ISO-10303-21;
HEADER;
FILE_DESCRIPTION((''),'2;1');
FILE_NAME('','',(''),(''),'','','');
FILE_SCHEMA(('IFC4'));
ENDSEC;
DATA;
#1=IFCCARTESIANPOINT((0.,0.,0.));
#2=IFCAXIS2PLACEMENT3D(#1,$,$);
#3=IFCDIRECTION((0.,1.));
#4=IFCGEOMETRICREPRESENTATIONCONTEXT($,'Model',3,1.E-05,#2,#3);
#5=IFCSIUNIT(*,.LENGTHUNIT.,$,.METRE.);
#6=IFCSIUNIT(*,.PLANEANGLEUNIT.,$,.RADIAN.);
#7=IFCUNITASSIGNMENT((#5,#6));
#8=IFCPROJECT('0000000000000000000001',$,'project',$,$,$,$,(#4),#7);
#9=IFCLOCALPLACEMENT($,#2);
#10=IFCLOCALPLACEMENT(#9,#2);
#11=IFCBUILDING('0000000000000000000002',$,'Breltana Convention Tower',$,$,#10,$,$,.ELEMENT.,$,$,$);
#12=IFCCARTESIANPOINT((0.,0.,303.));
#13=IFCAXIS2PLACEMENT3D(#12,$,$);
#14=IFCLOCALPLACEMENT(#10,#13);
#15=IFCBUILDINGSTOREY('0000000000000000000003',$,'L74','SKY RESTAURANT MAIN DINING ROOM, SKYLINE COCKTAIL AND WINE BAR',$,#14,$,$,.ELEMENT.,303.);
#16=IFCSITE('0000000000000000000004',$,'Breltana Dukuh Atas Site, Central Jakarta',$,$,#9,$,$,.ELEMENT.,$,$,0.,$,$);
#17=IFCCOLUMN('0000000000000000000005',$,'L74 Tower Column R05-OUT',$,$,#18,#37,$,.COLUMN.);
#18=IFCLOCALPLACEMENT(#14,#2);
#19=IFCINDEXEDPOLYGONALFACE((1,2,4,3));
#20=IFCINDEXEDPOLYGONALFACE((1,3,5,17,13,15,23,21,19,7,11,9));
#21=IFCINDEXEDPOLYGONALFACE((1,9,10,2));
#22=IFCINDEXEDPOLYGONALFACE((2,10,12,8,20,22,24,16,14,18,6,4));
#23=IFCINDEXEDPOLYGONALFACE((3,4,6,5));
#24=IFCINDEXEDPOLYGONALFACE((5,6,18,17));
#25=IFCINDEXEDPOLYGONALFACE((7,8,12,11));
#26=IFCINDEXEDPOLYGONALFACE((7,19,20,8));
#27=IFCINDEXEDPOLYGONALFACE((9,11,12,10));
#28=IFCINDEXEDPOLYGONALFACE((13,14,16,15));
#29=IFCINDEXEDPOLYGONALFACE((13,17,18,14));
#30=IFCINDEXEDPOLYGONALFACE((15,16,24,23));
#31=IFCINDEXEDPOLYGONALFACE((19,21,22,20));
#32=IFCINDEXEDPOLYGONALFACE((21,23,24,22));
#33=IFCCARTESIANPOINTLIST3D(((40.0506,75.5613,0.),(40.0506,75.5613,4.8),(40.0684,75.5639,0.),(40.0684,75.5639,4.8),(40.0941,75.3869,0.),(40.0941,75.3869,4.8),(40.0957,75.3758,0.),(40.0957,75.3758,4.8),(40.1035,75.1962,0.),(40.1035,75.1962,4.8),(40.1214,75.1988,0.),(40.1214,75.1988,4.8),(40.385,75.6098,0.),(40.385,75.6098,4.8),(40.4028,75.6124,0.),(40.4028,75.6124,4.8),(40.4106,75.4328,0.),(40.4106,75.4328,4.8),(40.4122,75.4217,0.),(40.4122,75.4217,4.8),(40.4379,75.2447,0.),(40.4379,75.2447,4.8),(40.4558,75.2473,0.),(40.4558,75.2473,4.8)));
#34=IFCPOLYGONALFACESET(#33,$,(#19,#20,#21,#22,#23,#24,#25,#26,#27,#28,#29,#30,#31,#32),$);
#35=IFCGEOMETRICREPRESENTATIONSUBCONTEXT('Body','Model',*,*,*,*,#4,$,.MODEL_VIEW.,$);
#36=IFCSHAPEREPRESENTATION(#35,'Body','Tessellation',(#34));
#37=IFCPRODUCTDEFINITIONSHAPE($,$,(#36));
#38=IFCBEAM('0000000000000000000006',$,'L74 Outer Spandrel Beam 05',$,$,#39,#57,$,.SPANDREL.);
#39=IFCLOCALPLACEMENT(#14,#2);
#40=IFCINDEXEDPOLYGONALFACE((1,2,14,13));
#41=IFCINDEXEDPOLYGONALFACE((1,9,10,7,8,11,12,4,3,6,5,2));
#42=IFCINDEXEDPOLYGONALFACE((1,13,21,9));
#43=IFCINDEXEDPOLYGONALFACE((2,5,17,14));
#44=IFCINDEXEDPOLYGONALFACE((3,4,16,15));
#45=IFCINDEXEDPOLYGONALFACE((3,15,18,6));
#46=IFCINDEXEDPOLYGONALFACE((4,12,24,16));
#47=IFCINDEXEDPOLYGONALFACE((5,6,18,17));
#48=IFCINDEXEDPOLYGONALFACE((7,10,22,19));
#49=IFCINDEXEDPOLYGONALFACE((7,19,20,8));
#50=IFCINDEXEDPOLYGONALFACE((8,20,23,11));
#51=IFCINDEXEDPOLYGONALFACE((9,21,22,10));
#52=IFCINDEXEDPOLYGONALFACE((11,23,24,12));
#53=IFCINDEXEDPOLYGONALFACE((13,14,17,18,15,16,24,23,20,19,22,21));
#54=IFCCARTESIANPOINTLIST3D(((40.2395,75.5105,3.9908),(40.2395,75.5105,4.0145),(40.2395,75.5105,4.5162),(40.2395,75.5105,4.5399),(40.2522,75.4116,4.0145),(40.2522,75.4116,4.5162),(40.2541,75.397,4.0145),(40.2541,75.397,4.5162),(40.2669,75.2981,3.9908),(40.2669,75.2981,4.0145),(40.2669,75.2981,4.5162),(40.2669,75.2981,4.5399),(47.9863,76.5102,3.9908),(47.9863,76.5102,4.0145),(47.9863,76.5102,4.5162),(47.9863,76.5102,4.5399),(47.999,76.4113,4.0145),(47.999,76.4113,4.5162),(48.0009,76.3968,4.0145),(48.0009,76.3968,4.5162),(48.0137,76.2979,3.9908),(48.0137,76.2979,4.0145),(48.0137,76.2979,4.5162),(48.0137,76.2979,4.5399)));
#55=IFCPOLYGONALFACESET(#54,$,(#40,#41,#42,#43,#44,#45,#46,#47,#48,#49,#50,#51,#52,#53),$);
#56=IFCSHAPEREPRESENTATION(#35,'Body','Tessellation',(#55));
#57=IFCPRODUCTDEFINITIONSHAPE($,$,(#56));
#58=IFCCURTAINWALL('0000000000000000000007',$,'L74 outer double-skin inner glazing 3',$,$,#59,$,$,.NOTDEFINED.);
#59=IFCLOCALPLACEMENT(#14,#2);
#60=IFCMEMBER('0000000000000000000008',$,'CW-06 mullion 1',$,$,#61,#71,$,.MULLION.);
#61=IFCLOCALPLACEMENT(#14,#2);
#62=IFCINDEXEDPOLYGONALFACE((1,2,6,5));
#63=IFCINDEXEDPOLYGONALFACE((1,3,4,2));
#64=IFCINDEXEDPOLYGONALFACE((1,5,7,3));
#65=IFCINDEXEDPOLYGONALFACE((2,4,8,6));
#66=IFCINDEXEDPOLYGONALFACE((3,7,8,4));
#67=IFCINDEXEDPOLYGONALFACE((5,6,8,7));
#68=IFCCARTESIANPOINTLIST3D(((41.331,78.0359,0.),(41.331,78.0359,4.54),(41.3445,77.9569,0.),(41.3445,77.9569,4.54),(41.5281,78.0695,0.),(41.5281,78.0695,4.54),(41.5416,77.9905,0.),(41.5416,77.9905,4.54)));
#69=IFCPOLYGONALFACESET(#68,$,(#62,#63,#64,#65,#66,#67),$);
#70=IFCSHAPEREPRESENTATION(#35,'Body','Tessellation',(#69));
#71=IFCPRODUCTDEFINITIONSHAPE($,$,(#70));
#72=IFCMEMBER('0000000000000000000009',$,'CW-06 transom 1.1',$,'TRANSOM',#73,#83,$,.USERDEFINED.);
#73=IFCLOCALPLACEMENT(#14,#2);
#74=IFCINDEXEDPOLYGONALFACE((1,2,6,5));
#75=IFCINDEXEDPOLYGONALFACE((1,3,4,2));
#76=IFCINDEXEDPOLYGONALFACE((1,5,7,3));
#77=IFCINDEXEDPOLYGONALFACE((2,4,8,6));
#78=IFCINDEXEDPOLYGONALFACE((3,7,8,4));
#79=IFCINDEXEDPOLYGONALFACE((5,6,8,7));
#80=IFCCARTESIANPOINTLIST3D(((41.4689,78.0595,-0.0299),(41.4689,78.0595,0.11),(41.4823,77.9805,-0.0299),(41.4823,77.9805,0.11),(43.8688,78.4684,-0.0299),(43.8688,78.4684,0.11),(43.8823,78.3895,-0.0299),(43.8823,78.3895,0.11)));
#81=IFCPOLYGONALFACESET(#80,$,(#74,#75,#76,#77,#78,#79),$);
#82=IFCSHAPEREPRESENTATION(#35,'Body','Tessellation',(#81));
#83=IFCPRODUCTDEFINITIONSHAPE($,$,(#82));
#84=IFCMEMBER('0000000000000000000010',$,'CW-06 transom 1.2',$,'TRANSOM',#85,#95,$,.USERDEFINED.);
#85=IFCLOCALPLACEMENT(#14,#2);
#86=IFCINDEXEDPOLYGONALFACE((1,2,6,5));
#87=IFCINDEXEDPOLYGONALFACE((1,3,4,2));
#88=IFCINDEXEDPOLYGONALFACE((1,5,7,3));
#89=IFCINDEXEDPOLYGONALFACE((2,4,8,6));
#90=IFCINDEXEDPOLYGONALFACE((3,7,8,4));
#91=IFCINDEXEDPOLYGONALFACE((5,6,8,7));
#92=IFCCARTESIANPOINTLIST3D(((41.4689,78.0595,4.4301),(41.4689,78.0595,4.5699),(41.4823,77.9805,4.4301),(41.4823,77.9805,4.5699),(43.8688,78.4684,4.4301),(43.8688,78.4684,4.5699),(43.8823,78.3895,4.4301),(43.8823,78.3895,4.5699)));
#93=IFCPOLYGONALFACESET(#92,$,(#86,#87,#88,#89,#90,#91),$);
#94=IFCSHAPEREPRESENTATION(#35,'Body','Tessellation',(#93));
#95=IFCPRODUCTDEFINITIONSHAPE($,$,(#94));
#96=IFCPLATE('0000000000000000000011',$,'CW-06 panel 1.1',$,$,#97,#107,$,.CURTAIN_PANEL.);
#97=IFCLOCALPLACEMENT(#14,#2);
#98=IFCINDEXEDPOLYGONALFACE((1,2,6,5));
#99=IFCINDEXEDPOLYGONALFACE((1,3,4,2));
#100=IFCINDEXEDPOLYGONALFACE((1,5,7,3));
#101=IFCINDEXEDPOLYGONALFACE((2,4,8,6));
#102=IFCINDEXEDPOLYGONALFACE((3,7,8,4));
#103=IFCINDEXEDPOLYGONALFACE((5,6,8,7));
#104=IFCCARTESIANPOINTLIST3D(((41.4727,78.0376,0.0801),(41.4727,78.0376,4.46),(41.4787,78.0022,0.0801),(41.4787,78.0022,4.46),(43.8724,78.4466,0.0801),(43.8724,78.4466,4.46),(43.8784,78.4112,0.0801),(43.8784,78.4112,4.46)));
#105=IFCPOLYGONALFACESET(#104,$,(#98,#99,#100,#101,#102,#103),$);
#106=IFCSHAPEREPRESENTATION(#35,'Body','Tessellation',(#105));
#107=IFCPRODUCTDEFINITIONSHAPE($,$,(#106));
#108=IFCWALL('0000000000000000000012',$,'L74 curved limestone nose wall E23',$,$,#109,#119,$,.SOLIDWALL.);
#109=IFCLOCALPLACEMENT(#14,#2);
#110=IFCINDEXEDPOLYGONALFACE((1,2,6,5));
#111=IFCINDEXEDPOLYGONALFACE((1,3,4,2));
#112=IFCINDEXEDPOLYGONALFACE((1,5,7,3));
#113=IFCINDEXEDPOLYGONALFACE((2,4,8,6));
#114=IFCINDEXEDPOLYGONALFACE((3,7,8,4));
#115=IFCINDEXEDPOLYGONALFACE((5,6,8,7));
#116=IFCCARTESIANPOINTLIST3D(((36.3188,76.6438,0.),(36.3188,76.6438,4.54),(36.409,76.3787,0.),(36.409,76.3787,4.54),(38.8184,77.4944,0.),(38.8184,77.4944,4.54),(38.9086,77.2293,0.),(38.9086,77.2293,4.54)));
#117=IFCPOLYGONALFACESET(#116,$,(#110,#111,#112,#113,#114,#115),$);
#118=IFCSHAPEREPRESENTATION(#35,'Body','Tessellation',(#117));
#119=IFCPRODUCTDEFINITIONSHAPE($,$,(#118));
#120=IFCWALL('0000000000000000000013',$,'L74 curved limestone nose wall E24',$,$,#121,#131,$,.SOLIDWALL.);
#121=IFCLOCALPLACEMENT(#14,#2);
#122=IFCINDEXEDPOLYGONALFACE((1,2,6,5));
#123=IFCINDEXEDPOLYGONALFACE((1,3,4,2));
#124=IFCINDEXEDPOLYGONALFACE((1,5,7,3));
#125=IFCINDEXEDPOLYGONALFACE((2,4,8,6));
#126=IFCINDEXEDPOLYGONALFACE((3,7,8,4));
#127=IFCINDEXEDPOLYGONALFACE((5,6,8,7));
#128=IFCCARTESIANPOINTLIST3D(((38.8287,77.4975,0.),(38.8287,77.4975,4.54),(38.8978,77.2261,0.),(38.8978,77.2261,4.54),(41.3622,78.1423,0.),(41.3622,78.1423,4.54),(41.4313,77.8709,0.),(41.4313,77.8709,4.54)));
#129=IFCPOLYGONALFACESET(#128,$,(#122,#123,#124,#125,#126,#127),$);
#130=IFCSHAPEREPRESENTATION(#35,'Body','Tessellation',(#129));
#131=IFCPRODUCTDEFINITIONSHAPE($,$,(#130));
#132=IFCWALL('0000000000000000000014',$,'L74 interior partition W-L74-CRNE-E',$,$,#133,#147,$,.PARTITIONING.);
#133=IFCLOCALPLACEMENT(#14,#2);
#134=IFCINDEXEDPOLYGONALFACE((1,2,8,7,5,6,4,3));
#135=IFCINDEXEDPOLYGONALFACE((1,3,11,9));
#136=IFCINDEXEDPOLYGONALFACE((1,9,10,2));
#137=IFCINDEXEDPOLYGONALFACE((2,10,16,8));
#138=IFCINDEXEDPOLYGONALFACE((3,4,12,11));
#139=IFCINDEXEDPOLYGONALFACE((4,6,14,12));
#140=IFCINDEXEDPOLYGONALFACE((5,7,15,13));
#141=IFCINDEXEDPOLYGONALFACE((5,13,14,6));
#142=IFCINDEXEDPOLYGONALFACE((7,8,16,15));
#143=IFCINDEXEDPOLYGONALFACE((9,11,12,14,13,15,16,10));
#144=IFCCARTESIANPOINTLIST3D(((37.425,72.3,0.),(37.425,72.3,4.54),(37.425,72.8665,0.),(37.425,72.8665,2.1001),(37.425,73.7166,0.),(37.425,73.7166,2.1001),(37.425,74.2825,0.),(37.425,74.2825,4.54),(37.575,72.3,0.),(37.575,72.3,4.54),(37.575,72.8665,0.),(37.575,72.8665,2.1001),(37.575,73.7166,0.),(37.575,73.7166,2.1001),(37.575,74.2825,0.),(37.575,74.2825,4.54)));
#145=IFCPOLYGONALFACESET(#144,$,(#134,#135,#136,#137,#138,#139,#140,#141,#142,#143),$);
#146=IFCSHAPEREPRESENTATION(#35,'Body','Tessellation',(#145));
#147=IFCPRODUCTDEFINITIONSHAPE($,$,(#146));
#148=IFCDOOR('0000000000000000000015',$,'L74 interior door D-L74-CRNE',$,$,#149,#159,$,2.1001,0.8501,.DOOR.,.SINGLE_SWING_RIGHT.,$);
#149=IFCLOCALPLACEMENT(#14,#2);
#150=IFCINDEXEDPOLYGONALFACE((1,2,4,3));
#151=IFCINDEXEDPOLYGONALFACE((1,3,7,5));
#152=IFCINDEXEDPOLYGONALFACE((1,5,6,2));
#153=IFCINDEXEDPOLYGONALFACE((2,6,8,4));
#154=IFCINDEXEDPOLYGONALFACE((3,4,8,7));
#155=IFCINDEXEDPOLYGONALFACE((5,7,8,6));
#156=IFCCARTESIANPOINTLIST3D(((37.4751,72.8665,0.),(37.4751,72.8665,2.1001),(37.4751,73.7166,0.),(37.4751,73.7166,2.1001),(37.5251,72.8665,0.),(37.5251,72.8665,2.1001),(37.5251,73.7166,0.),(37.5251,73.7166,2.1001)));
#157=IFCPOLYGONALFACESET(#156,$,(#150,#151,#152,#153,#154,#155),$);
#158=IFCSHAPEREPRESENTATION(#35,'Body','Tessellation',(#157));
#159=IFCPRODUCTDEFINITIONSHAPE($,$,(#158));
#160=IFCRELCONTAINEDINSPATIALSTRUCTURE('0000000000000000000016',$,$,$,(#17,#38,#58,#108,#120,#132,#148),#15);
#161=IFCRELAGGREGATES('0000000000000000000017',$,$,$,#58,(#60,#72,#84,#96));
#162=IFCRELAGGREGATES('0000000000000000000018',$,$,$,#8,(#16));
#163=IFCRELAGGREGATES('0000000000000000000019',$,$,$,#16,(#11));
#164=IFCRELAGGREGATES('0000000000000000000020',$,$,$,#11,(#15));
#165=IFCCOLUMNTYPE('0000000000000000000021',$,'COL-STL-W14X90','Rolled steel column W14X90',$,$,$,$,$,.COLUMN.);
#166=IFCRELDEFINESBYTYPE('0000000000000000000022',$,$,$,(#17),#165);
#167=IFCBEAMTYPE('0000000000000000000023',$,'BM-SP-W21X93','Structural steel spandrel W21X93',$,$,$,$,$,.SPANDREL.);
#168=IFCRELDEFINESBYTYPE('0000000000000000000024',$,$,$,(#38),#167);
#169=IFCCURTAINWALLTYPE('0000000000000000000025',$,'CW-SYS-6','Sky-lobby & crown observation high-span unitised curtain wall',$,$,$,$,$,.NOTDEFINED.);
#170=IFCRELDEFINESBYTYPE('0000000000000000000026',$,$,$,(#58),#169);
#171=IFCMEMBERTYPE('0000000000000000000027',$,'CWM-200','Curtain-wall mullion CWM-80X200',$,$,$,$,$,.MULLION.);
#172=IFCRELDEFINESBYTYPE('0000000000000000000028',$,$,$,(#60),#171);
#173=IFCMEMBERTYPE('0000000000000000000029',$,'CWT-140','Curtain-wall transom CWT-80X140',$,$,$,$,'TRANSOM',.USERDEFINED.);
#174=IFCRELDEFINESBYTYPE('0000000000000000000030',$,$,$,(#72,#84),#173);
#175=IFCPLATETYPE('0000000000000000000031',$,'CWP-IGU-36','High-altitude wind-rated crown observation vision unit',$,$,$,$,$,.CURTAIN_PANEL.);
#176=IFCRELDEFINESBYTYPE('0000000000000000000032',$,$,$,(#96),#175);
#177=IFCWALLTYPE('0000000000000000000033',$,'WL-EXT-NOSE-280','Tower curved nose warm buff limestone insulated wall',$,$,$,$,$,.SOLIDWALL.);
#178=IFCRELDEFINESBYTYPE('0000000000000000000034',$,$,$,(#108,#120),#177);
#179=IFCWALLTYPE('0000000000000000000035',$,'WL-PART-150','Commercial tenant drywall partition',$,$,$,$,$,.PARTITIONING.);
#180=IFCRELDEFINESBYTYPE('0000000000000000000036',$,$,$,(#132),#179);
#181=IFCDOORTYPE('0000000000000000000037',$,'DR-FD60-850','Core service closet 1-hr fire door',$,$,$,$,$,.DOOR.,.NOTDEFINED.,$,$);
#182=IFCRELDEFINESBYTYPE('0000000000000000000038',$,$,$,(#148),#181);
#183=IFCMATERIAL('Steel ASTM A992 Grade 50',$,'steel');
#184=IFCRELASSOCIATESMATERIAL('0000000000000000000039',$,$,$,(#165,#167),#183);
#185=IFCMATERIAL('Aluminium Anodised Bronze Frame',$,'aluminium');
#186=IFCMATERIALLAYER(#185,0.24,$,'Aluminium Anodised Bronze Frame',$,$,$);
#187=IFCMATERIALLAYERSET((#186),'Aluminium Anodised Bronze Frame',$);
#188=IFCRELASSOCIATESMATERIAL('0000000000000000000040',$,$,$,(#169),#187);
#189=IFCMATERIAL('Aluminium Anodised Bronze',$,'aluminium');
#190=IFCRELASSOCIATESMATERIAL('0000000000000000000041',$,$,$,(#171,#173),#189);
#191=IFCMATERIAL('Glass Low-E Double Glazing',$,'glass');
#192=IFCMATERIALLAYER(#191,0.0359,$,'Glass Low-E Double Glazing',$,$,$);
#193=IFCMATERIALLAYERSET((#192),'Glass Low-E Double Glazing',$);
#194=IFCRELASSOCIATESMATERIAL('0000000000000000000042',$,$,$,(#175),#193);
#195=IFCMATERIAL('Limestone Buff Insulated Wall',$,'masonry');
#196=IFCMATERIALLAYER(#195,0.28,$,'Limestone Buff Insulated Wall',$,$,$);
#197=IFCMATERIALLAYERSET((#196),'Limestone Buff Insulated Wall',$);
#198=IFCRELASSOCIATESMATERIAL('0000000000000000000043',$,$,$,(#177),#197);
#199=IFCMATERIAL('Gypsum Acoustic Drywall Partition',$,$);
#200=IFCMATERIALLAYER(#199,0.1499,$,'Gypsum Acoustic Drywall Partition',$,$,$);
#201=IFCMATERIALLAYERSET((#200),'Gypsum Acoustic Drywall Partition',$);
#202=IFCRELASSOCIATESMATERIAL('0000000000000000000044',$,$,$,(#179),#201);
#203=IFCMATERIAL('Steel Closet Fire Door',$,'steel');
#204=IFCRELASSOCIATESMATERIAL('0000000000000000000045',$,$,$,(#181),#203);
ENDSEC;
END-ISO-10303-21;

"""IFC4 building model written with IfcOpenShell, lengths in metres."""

from ifc_helpers import new_model, si_unit, direction, frame, frame_2d, origin, origin_2d, place, context, subcontext, project, spatial, rectangle, i_section, extrude, source, transform, mapped, material, layer, layer_set, material_profile, profile_set, type_object, type_shapes, element, fill, aggregate, save


model = new_model("IFC4")

# Units and contexts
model_context = context("Model", 3, precision=1e-05, world=origin(), true_north=direction((0.0, 1.0)))
body_context = subcontext(model_context, "Body", "Model", "MODEL_VIEW")
ifc_project = project(units=[si_unit("LENGTHUNIT", "METRE"), si_unit("PLANEANGLEUNIT", "RADIAN")], contexts=[model_context])

# Site, building, storey
site_placement = place(None, origin())
site = spatial("IfcSite", under=ifc_project, at=site_placement, Name="Breltana Dukuh Atas Site, Central Jakarta", CompositionType="ELEMENT", RefElevation=0.0)
building_placement = place(site_placement, origin())
building = spatial("IfcBuilding", under=site, at=building_placement, Name="Breltana Convention Tower", CompositionType="ELEMENT")
storey_placement = place(building_placement, frame((0.0, 0.0, 303.0)))
storey = spatial("IfcBuildingStorey", under=building, at=storey_placement, Name="L74", Description="SKY RESTAURANT MAIN DINING ROOM, SKYLINE COCKTAIL AND WINE BAR", CompositionType="ELEMENT", Elevation=303.0)

# Column
ifc_material_1 = material(Name="Steel ASTM A992 Grade 50", Category="steel")
ifc_material_profile_1 = material_profile(ifc_material_1, i_section(OverallWidth=0.3689, OverallDepth=0.356, WebThickness=0.0112, FlangeThickness=0.0181, at=origin_2d()), Name="W14X90")
ifc_profile_set_1 = profile_set([ifc_material_profile_1], Name="Steel ASTM A992 Grade 50")
column_type = type_object("IfcColumnType", Name="COL-STL-W14X90", Description="Rolled steel column W14X90", PredefinedType="COLUMN", material=ifc_profile_set_1)
shared_shape_1 = source(origin(), body_context, "Body", "SweptSolid", [
    extrude(i_section(OverallWidth=0.3689, OverallDepth=0.356, WebThickness=0.0112, FlangeThickness=0.0181, at=origin_2d()), origin(), (0.0, 0.0, 1.0), 4.8),
])
type_shapes(column_type, [shared_shape_1])
column_placement = place(storey_placement, frame((40.2532, 75.4043, 0.0), z_axis=(0.0, 0.0, 1.0), x_axis=(-0.143493, 0.989651, 0.0)))
element("IfcColumn", 1, at=column_placement, inside=storey, type_object=column_type, Name="L74 Tower Column R05-OUT", PredefinedType="COLUMN", context=body_context, shape_type="MappedRepresentation", body=[
    mapped(shared_shape_1, transform((0.0, 0.0, 0.0), scale=1.0)),
])

# Beam
ifc_material_profile_2 = material_profile(ifc_material_1, i_section(OverallWidth=0.2141, OverallDepth=0.5491, WebThickness=0.0146, FlangeThickness=0.0237, at=origin_2d()), Name="W21X93")
ifc_profile_set_2 = profile_set([ifc_material_profile_2], Name="Steel ASTM A992 Grade 50")
beam_type = type_object("IfcBeamType", Name="BM-SP-W21X93", Description="Structural steel spandrel W21X93", PredefinedType="SPANDREL", material=ifc_profile_set_2)
shared_shape_2 = source(origin(), body_context, "Body", "SweptSolid", [
    extrude(i_section(OverallWidth=0.2141, OverallDepth=0.5491, WebThickness=0.0146, FlangeThickness=0.0237, at=origin_2d()), origin(), (0.0, 0.0, 1.0), 7.811),
])
beam_placement = place(storey_placement, frame((40.2532, 75.4043, 4.2654), z_axis=(0.991775, 0.127992, 0.0), x_axis=(-0.127992, 0.991775, 0.0)))
element("IfcBeam", 2, at=beam_placement, inside=storey, type_object=beam_type, Name="L74 Outer Spandrel Beam 05", PredefinedType="SPANDREL", context=body_context, shape_type="MappedRepresentation", body=[
    mapped(shared_shape_2, transform((0.0, 0.0, 0.0), scale=1.0)),
])

# Curtain wall, members, plate
ifc_material_2 = material(Name="Aluminium Anodised Bronze Frame", Category="aluminium")
ifc_layer_1 = layer(ifc_material_2, 0.24, Name="Aluminium Anodised Bronze Frame")
ifc_layer_set_1 = layer_set([ifc_layer_1], Name="Aluminium Anodised Bronze Frame")
curtain_wall_type = type_object("IfcCurtainWallType", Name="CW-SYS-6", Description="Sky-lobby & crown observation high-span unitised curtain wall", PredefinedType="NOTDEFINED", material=ifc_layer_set_1)
curtain_wall_placement = place(storey_placement, origin())
curtain_wall = element("IfcCurtainWall", 3, at=curtain_wall_placement, inside=storey, type_object=curtain_wall_type, Name="L74 outer double-skin inner glazing 3", PredefinedType="NOTDEFINED")
ifc_material_3 = material(Name="Aluminium Anodised Bronze", Category="aluminium")
ifc_material_profile_3 = material_profile(ifc_material_3, rectangle(XDim=0.0801, YDim=0.2, at=origin_2d()), Name="CWM-80X200")
ifc_profile_set_3 = profile_set([ifc_material_profile_3], Name="Aluminium Anodised Bronze")
member_type_1 = type_object("IfcMemberType", Name="CWM-200", Description="Curtain-wall mullion CWM-80X200", PredefinedType="MULLION", material=ifc_profile_set_3)
shared_shape_3 = source(origin(), body_context, "Body", "SweptSolid", [
    extrude(rectangle(XDim=0.0801, YDim=0.2, at=origin_2d()), origin(), (0.0, 0.0, 1.0), 4.54),
])
member_1_placement = place(storey_placement, frame((41.4363, 78.0132, 0.0), z_axis=(0.0, 0.0, 1.0), x_axis=(-0.168017, 0.985784, 0.0)))
member_1 = element("IfcMember", 4, at=member_1_placement, type_object=member_type_1, Name="CW-06 mullion 1", PredefinedType="MULLION", context=body_context, shape_type="MappedRepresentation", body=[
    mapped(shared_shape_3, transform((0.0, 0.0, 0.0), scale=1.0)),
])
ifc_material_profile_4 = material_profile(ifc_material_3, rectangle(XDim=0.0801, YDim=0.1399, at=origin_2d()), Name="CWT-80X140")
ifc_profile_set_4 = profile_set([ifc_material_profile_4], Name="Aluminium Anodised Bronze")
member_type_2 = type_object("IfcMemberType", Name="CWT-140", Description="Curtain-wall transom CWT-80X140", ElementType="TRANSOM", PredefinedType="USERDEFINED", material=ifc_profile_set_4)
shared_shape_4 = source(origin(), body_context, "Body", "SweptSolid", [
    extrude(rectangle(XDim=0.0801, YDim=0.1399, at=origin_2d()), origin(), (0.0, 0.0, 1.0), 2.4346),
])
member_2_placement = place(storey_placement, frame((41.4756, 78.02, 0.04), z_axis=(0.985791, 0.167976, 0.0), x_axis=(-0.167976, 0.985791, 0.0)))
member_2 = element("IfcMember", 5, at=member_2_placement, type_object=member_type_2, Name="CW-06 transom 1.1", ObjectType="TRANSOM", PredefinedType="USERDEFINED", context=body_context, shape_type="MappedRepresentation", body=[
    mapped(shared_shape_4, transform((0.0, 0.0, 0.0), scale=1.0)),
])
member_3_placement = place(storey_placement, frame((41.4756, 78.02, 4.5), z_axis=(0.985791, 0.167976, 0.0), x_axis=(-0.167976, 0.985791, 0.0)))
member_3 = element("IfcMember", 6, at=member_3_placement, type_object=member_type_2, Name="CW-06 transom 1.2", ObjectType="TRANSOM", PredefinedType="USERDEFINED", context=body_context, shape_type="MappedRepresentation", body=[
    mapped(shared_shape_4, transform((0.0, 0.0, 0.0), scale=1.0)),
])
ifc_material_4 = material(Name="Glass Low-E Double Glazing", Category="glass")
ifc_layer_2 = layer(ifc_material_4, 0.0359, Name="Glass Low-E Double Glazing")
ifc_layer_set_2 = layer_set([ifc_layer_2], Name="Glass Low-E Double Glazing")
plate_type = type_object("IfcPlateType", Name="CWP-IGU-36", Description="High-altitude wind-rated crown observation vision unit", PredefinedType="CURTAIN_PANEL", material=ifc_layer_set_2)
shared_shape_5 = source(origin(), body_context, "Body", "SweptSolid", [
    extrude(rectangle(XDim=2.4343, YDim=0.0359, at=origin_2d()), origin(), (0.0, 0.0, 1.0), 4.3799),
])
plate_placement = place(storey_placement, frame((42.6755, 78.2244, 0.0801), z_axis=(0.0, 0.0, 1.0), x_axis=(0.985784, 0.168017, 0.0)))
plate = element("IfcPlate", 7, at=plate_placement, type_object=plate_type, Name="CW-06 panel 1.1", PredefinedType="CURTAIN_PANEL", context=body_context, shape_type="MappedRepresentation", body=[
    mapped(shared_shape_5, transform((0.0, 0.0, 0.0), scale=1.0)),
])
aggregate(curtain_wall, [member_1, member_2, member_3, plate])

# Walls
ifc_material_5 = material(Name="Limestone Buff Insulated Wall", Category="masonry")
ifc_layer_3 = layer(ifc_material_5, 0.28, Name="Limestone Buff Insulated Wall")
ifc_layer_set_3 = layer_set([ifc_layer_3], Name="Limestone Buff Insulated Wall")
wall_type_1 = type_object("IfcWallType", Name="WL-EXT-NOSE-280", Description="Tower curved nose warm buff limestone insulated wall", PredefinedType="SOLIDWALL", material=ifc_layer_set_3)
shared_shape_6 = source(origin(), body_context, "Body", "SweptSolid", [
    extrude(rectangle(XDim=2.6404, YDim=0.28, at=frame_2d((1.3203, 0.0))), origin(), (0.0, 0.0, 1.0), 4.54),
])
wall_1_placement = place(storey_placement, frame((36.3638, 76.5112, 0.0), z_axis=(0.0, 0.0, 1.0), x_axis=(0.946686, 0.322158, 0.0)))
element("IfcWall", 8, at=wall_1_placement, inside=storey, type_object=wall_type_1, Name="L74 curved limestone nose wall E23", PredefinedType="SOLIDWALL", context=body_context, shape_type="MappedRepresentation", body=[
    mapped(shared_shape_6, transform((0.0, 0.0, 0.0), scale=1.0)),
])
shared_shape_7 = source(origin(), body_context, "Body", "SweptSolid", [
    extrude(rectangle(XDim=2.6143, YDim=0.28, at=frame_2d((1.3071, 0.0))), origin(), (0.0, 0.0, 1.0), 4.54),
])
wall_2_placement = place(storey_placement, frame((38.8633, 77.3618, 0.0), z_axis=(0.0, 0.0, 1.0), x_axis=(0.969107, 0.246643, 0.0)))
element("IfcWall", 9, at=wall_2_placement, inside=storey, type_object=wall_type_1, Name="L74 curved limestone nose wall E24", PredefinedType="SOLIDWALL", context=body_context, shape_type="MappedRepresentation", body=[
    mapped(shared_shape_7, transform((0.0, 0.0, 0.0), scale=1.0)),
])

# Wall, opening, door
ifc_material_6 = material(Name="Gypsum Acoustic Drywall Partition")
ifc_layer_4 = layer(ifc_material_6, 0.1499, Name="Gypsum Acoustic Drywall Partition")
ifc_layer_set_4 = layer_set([ifc_layer_4], Name="Gypsum Acoustic Drywall Partition")
wall_type_2 = type_object("IfcWallType", Name="WL-PART-150", Description="Commercial tenant drywall partition", PredefinedType="PARTITIONING", material=ifc_layer_set_4)
shared_shape_8 = source(origin(), body_context, "Body", "SweptSolid", [
    extrude(rectangle(XDim=1.9824, YDim=0.1499, at=frame_2d((0.9912, 0.0))), origin(), (0.0, 0.0, 1.0), 4.54),
])
wall_3_placement = place(storey_placement, frame((37.5, 72.3, 0.0), z_axis=(0.0, 0.0, 1.0), x_axis=(0.0, 1.0, 0.0)))
wall_3 = element("IfcWall", 10, at=wall_3_placement, inside=storey, type_object=wall_type_2, Name="L74 interior partition W-L74-CRNE-E", PredefinedType="PARTITIONING", context=body_context, shape_type="MappedRepresentation", body=[
    mapped(shared_shape_8, transform((0.0, 0.0, 0.0), scale=1.0)),
])
opening_1_placement = place(wall_3_placement, frame((0.5664, 0.0, 0.0)))
opening_1 = element("IfcOpeningElement", 11, at=opening_1_placement, cuts=wall_3, PredefinedType="OPENING", context=body_context, shape_type="SweptSolid", body=[
    extrude(rectangle(XDim=0.8501, YDim=2.1001, at=frame_2d((0.425, 1.05))), frame((0.0, 0.085, 0.0), z_axis=(0.0, -1.0, 0.0), x_axis=(1.0, 0.0, 0.0)), (0.0, 0.0, 1.0), 0.1699),
])
ifc_material_7 = material(Name="Steel Closet Fire Door", Category="steel")
door_type_1 = type_object("IfcDoorType", Name="DR-FD60-850", Description="Core service closet 1-hr fire door", OperationType="NOTDEFINED", PredefinedType="DOOR", material=ifc_material_7)
shared_shape_9 = source(origin(), body_context, "Body", "SweptSolid", [
    extrude(rectangle(XDim=0.8501, YDim=2.1001, at=frame_2d((0.425, 1.05))), frame((0.0, 0.0249, 0.0), z_axis=(0.0, -1.0, 0.0), x_axis=(1.0, 0.0, 0.0)), (0.0, 0.0, 1.0), 0.05),
])
type_shapes(door_type_1, [shared_shape_9])
door_1_placement = place(opening_1_placement, origin())
door_1 = element("IfcDoor", 12, at=door_1_placement, inside=storey, type_object=door_type_1, Name="L74 interior door D-L74-CRNE", OperationType="SINGLE_SWING_RIGHT", OverallHeight=2.1001, OverallWidth=0.8501, PredefinedType="DOOR", context=body_context, shape_type="MappedRepresentation", body=[
    mapped(shared_shape_9, transform((0.0, 0.0, 0.0), scale=1.0)),
])
fill(opening_1, door_1)

save(model, "model.ifc")
